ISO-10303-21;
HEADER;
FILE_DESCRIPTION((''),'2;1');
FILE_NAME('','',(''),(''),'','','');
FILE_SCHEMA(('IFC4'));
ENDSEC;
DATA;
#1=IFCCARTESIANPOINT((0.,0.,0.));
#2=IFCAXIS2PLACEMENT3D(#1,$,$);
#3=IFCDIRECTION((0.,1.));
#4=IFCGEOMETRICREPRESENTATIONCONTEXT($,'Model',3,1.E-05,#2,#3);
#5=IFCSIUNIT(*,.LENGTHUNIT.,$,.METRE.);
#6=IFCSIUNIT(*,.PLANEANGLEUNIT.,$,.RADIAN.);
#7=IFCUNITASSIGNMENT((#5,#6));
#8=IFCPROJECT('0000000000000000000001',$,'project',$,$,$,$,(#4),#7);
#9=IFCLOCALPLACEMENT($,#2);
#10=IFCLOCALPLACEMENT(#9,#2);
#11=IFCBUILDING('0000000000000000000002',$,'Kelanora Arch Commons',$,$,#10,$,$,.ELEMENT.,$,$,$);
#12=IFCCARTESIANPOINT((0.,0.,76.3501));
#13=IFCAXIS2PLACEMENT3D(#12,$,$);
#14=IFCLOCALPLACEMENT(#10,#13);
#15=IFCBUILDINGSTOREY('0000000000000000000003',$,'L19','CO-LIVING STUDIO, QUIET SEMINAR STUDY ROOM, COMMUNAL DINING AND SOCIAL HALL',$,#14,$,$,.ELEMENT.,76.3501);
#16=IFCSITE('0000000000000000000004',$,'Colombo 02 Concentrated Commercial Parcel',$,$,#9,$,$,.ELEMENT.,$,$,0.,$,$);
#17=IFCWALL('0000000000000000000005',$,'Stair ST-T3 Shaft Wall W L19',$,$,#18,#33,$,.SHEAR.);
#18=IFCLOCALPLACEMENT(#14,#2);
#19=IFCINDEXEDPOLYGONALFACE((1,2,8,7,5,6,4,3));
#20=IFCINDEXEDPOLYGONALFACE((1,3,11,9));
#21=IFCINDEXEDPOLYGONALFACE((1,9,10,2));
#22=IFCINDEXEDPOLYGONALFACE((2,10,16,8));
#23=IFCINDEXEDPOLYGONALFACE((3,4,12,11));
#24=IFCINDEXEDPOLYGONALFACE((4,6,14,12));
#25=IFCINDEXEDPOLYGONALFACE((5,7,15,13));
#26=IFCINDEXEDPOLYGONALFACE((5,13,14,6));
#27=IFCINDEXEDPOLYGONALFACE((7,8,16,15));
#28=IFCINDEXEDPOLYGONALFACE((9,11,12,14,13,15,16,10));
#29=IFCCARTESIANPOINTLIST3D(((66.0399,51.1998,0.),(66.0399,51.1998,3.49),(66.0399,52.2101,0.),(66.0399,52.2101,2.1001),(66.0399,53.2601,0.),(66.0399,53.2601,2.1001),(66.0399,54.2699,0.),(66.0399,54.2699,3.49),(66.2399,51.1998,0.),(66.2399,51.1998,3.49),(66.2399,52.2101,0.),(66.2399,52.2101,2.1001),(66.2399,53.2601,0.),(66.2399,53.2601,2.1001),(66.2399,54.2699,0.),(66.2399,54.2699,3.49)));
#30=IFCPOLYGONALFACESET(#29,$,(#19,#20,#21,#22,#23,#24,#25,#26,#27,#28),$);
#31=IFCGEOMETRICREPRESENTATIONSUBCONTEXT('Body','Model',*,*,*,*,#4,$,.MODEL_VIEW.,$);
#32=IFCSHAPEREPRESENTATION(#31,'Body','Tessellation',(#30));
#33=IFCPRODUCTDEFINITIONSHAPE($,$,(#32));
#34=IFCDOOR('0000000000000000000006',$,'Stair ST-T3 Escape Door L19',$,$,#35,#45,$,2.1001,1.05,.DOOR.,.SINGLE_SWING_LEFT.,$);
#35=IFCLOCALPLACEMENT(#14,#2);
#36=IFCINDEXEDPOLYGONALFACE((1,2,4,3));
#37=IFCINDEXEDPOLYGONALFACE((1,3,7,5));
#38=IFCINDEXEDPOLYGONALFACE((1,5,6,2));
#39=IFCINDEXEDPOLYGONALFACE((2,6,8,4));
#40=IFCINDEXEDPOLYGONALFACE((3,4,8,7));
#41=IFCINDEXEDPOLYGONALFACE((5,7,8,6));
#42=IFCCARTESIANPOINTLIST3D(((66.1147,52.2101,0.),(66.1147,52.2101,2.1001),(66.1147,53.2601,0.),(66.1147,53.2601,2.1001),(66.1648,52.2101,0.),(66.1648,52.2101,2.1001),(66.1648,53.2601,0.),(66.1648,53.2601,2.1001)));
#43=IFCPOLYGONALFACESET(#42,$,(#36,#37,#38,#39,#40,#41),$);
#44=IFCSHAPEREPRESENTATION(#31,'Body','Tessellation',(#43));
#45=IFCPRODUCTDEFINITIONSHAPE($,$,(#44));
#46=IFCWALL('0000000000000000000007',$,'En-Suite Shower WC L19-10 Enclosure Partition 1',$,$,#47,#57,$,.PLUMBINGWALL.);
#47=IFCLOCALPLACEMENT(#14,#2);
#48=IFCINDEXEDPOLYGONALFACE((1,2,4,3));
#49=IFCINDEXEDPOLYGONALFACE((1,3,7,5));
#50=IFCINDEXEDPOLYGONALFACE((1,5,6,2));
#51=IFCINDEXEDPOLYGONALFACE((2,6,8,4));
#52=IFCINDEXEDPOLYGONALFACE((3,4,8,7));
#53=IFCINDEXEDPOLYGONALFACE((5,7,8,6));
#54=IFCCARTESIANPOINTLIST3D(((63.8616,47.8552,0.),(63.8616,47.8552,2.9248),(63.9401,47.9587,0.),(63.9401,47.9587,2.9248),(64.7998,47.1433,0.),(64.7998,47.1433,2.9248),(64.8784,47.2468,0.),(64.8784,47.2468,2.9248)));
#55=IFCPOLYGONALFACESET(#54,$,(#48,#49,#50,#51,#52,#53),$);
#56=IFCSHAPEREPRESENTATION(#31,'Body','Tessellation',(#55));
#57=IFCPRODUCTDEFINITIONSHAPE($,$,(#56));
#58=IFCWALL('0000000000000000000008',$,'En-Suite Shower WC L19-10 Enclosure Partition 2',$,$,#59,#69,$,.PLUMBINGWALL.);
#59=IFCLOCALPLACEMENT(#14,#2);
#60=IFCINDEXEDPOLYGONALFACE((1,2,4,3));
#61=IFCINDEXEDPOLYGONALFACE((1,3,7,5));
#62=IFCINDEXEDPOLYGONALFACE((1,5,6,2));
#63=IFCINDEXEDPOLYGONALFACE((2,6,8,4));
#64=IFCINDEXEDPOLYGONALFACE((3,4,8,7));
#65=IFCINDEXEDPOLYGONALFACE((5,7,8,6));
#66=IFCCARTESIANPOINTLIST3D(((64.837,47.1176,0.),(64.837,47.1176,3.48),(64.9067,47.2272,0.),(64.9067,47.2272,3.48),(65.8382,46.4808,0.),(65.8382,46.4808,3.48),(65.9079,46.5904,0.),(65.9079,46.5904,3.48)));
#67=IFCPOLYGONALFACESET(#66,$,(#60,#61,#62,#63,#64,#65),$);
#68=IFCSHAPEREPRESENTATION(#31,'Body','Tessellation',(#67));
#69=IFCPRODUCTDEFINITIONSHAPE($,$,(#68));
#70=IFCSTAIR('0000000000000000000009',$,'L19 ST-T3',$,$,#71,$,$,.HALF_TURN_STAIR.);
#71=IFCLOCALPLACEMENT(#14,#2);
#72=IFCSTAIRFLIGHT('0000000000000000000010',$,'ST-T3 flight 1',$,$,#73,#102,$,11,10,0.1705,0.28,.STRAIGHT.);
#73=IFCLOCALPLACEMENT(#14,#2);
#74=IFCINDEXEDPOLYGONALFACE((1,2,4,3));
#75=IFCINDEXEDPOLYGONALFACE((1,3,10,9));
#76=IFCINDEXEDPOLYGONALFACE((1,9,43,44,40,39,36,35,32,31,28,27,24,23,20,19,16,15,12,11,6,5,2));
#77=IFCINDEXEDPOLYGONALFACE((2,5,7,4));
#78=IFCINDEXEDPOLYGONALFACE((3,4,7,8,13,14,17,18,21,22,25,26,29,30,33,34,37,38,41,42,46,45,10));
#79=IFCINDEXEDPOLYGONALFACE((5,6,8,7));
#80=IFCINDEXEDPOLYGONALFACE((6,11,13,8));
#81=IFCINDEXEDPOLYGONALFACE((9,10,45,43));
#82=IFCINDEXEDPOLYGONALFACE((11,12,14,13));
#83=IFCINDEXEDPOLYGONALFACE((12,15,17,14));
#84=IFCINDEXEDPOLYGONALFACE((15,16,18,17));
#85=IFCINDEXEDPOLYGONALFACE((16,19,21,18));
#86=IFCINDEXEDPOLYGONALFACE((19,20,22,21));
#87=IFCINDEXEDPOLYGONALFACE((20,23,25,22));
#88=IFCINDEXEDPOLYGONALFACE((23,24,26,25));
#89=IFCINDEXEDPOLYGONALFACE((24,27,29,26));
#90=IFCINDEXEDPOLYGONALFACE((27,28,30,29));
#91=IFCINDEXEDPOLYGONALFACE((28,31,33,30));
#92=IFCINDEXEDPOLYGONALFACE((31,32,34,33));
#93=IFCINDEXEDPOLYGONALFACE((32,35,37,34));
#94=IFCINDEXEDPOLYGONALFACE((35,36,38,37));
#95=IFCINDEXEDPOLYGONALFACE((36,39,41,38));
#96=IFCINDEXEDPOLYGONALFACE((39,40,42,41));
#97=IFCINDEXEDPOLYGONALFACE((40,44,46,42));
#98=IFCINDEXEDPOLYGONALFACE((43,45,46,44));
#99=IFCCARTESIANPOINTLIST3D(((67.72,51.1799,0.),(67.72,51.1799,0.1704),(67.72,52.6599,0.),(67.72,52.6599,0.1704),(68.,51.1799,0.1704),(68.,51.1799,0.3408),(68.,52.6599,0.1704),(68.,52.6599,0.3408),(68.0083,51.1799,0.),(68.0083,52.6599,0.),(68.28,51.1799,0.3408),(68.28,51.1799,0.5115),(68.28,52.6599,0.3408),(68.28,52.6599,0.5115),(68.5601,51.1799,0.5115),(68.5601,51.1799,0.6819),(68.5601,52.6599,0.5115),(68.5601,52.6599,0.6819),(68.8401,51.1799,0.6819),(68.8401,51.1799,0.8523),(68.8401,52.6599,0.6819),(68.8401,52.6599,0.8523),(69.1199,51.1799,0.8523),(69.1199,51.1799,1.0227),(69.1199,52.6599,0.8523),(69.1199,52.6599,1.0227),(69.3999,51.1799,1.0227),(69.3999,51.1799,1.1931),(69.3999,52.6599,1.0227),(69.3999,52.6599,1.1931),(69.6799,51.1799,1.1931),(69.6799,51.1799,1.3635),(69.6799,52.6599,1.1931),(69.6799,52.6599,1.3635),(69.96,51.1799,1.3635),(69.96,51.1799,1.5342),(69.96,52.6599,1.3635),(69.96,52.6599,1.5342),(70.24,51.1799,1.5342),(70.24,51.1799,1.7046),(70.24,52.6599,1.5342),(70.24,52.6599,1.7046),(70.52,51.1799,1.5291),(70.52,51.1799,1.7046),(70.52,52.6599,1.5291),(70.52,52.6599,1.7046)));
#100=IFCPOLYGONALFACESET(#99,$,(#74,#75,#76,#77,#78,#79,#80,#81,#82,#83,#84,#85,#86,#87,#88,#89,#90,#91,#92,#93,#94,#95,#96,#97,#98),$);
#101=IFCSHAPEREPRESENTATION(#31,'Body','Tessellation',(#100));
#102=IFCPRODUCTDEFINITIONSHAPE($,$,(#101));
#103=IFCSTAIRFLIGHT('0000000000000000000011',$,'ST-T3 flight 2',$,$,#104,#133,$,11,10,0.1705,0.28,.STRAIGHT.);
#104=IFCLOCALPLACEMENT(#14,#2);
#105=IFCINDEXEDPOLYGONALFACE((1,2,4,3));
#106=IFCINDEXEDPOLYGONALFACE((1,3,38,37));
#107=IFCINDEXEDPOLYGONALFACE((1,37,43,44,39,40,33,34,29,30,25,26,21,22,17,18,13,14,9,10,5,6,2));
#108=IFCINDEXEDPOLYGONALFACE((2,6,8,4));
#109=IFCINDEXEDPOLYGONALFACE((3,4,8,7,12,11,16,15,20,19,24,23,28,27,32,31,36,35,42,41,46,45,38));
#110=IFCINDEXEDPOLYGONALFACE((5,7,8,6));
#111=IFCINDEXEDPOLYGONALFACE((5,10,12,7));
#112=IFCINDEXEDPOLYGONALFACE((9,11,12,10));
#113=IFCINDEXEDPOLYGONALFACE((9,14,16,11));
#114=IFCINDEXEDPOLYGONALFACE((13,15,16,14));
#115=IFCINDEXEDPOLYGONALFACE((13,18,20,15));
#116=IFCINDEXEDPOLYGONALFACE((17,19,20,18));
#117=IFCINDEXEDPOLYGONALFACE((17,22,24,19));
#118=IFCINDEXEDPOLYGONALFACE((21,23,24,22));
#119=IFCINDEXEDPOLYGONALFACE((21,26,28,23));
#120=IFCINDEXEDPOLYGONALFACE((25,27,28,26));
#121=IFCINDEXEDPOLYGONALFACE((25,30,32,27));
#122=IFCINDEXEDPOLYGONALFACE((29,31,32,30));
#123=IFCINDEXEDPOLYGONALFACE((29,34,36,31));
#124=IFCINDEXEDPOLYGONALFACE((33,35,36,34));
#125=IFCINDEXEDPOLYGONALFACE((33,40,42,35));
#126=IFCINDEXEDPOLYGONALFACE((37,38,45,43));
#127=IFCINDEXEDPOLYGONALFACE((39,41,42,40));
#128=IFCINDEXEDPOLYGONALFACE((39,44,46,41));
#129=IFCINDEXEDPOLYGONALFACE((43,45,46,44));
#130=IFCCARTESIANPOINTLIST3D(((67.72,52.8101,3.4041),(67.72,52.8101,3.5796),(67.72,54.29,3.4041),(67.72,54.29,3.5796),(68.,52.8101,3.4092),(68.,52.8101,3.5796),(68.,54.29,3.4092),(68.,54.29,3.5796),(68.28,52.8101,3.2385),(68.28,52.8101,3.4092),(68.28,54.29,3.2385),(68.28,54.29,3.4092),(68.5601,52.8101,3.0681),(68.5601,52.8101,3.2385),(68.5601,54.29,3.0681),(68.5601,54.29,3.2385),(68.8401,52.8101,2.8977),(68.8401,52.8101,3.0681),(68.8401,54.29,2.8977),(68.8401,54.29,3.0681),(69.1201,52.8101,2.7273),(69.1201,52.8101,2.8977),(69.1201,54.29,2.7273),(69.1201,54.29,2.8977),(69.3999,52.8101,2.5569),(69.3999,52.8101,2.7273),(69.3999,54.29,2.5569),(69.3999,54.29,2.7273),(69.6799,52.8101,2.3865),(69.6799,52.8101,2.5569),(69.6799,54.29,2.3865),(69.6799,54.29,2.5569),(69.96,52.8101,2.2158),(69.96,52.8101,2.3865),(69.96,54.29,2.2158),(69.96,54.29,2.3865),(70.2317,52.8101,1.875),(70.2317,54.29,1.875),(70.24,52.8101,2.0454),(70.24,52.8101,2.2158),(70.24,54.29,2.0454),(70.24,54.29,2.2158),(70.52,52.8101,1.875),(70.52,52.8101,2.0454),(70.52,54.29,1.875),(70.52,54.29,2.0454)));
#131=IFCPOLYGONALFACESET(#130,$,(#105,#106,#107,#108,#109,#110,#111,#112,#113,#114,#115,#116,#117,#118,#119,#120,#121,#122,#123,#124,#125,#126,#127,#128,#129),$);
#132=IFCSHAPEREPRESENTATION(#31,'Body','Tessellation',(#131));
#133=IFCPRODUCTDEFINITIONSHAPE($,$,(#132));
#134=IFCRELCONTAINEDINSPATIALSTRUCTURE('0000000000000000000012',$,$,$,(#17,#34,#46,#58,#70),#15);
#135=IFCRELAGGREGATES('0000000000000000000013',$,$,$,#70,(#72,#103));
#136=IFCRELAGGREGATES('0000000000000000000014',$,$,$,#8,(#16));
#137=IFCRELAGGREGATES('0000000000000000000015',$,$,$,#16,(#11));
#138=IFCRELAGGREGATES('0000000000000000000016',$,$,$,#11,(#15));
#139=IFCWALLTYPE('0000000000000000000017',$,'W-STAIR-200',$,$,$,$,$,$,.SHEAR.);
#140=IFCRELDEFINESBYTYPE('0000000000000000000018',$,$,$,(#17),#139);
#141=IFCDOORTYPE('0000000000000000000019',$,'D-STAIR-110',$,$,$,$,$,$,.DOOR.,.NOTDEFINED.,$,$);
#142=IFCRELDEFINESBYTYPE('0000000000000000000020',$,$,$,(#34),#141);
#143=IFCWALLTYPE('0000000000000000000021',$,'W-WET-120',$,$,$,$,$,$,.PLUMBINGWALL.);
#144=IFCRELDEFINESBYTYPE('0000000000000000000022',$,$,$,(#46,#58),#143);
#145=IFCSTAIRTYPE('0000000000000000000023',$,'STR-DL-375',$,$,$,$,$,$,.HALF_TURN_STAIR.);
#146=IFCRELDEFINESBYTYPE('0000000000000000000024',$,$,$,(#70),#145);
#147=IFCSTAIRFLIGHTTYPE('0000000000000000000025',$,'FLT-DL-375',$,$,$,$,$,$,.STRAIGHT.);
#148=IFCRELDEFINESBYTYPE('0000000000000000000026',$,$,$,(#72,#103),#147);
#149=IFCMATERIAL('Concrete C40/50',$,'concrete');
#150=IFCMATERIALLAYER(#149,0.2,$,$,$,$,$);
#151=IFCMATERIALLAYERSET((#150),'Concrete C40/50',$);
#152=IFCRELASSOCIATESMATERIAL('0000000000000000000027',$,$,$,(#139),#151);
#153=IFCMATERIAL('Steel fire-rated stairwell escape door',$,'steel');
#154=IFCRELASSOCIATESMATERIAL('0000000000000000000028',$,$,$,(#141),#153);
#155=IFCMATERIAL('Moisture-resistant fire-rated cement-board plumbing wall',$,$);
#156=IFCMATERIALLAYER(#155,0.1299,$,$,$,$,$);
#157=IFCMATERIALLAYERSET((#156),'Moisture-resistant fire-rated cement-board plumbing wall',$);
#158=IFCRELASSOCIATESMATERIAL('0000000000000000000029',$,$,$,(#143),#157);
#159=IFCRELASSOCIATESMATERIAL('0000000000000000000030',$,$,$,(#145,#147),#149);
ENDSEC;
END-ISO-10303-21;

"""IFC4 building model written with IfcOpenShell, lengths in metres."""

from ifc_helpers import new_model, si_unit, direction, frame, frame_2d, origin, place, context, subcontext, project, spatial, polyline, rectangle, outline, extrude, material, layer, layer_set, type_object, element, fill, aggregate, save


model = new_model("IFC4")

# Units and contexts
model_context = context("Model", 3, precision=1e-05, world=origin(), true_north=direction((0.0, 1.0)))
body_context = subcontext(model_context, "Body", "Model", "MODEL_VIEW")
ifc_project = project(units=[si_unit("LENGTHUNIT", "METRE"), si_unit("PLANEANGLEUNIT", "RADIAN")], contexts=[model_context])

# Site, building, storey
site_placement = place(None, origin())
site = spatial("IfcSite", under=ifc_project, at=site_placement, Name="Colombo 02 Concentrated Commercial Parcel", CompositionType="ELEMENT", RefElevation=0.0)
building_placement = place(site_placement, origin())
building = spatial("IfcBuilding", under=site, at=building_placement, Name="Kelanora Arch Commons", CompositionType="ELEMENT")
storey_placement = place(building_placement, frame((0.0, 0.0, 76.3501)))
storey = spatial("IfcBuildingStorey", under=building, at=storey_placement, Name="L19", Description="CO-LIVING STUDIO, QUIET SEMINAR STUDY ROOM, COMMUNAL DINING AND SOCIAL HALL", CompositionType="ELEMENT", Elevation=76.3501)

# Shared definitions
ifc_material_1 = material(Name="Concrete C40/50", Category="concrete")

# Shared definitions
ifc_layer_1 = layer(ifc_material_1, 0.2)
ifc_layer_set_1 = layer_set([ifc_layer_1], Name="Concrete C40/50")
wall_type_1 = type_object("IfcWallType", Name="W-STAIR-200", PredefinedType="SHEAR", material=ifc_layer_set_1)
ifc_material_2 = material(Name="Steel fire-rated stairwell escape door", Category="steel")
door_type = type_object("IfcDoorType", Name="D-STAIR-110", OperationType="NOTDEFINED", PredefinedType="DOOR", material=ifc_material_2)

# Wall, opening, door
wall_1_placement = place(storey_placement, frame((66.1399, 54.27, 0.0), z_axis=(0.0, 0.0, 1.0), x_axis=(0.0, -1.0, 0.0)))
wall_1 = element("IfcWall", 1, at=wall_1_placement, inside=storey, type_object=wall_type_1, Name="Stair ST-T3 Shaft Wall W L19", PredefinedType="SHEAR", context=body_context, shape_type="SweptSolid", body=[
    extrude(rectangle(XDim=3.0701, YDim=0.2, at=frame_2d((1.5352, 0.0))), origin(), (0.0, 0.0, 1.0), 3.49),
])
opening_1_placement = place(wall_1_placement, frame((1.01, 0.0, 0.0)))
opening_1 = element("IfcOpeningElement", 2, at=opening_1_placement, cuts=wall_1, PredefinedType="OPENING", context=body_context, shape_type="SweptSolid", body=[
    extrude(rectangle(XDim=1.05, YDim=2.1001, at=frame_2d((0.5249, 1.05))), frame((0.0, 0.1099, 0.0), z_axis=(0.0, -1.0, 0.0), x_axis=(1.0, 0.0, 0.0)), (0.0, 0.0, 1.0), 0.22),
])
door_1_placement = place(opening_1_placement, origin())
door_1 = element("IfcDoor", 3, at=door_1_placement, inside=storey, type_object=door_type, Name="Stair ST-T3 Escape Door L19", OperationType="SINGLE_SWING_LEFT", OverallHeight=2.1001, OverallWidth=1.05, PredefinedType="DOOR", context=body_context, shape_type="SweptSolid", body=[
    extrude(rectangle(XDim=1.05, YDim=2.1001, at=frame_2d((0.5249, 1.05))), frame((0.0, 0.0249, 0.0), z_axis=(0.0, -1.0, 0.0), x_axis=(1.0, 0.0, 0.0)), (0.0, 0.0, 1.0), 0.05),
])
fill(opening_1, door_1)

# Walls
ifc_material_3 = material(Name="Moisture-resistant fire-rated cement-board plumbing wall")
ifc_layer_2 = layer(ifc_material_3, 0.1299)
ifc_layer_set_2 = layer_set([ifc_layer_2], Name="Moisture-resistant fire-rated cement-board plumbing wall")
wall_type_2 = type_object("IfcWallType", Name="W-WET-120", PredefinedType="PLUMBINGWALL", material=ifc_layer_set_2)
wall_2_placement = place(storey_placement, frame((63.9009, 47.907, 0.0), z_axis=(0.0, 0.0, 1.0), x_axis=(0.796629, -0.604468, 0.0)))
element("IfcWall", 4, at=wall_2_placement, inside=storey, type_object=wall_type_2, Name="En-Suite Shower WC L19-10 Enclosure Partition 1", PredefinedType="PLUMBINGWALL", context=body_context, shape_type="SweptSolid", body=[
    extrude(rectangle(XDim=1.1777, YDim=0.1299, at=frame_2d((0.5889, 0.0))), origin(), (0.0, 0.0, 1.0), 2.9248),
])
wall_3_placement = place(storey_placement, frame((64.8718, 47.1724, 0.0), z_axis=(0.0, 0.0, 1.0), x_axis=(0.843822, -0.536623, 0.0)))
element("IfcWall", 5, at=wall_3_placement, inside=storey, type_object=wall_type_2, Name="En-Suite Shower WC L19-10 Enclosure Partition 2", PredefinedType="PLUMBINGWALL", context=body_context, shape_type="SweptSolid", body=[
    extrude(rectangle(XDim=1.1865, YDim=0.1299, at=frame_2d((0.5933, 0.0))), origin(), (0.0, 0.0, 1.0), 3.48),
])

# Stair, stair flights
stair_type = type_object("IfcStairType", Name="STR-DL-375", PredefinedType="HALF_TURN_STAIR", material=ifc_material_1)
stair_placement = place(storey_placement, origin())
stair = element("IfcStair", 6, at=stair_placement, inside=storey, type_object=stair_type, Name="L19 ST-T3", PredefinedType="HALF_TURN_STAIR")
stair_flight_type = type_object("IfcStairFlightType", Name="FLT-DL-375", PredefinedType="STRAIGHT", material=ifc_material_1)
stair_flight_1_placement = place(storey_placement, frame((67.72, 51.9199, 0.0), z_axis=(0.0, 0.0, 1.0), x_axis=(1.0, 0.0, 0.0)))
stair_flight_1 = element("IfcStairFlight", 7, at=stair_flight_1_placement, type_object=stair_flight_type, Name="ST-T3 flight 1", NumberOfRisers=11, NumberOfTreads=10, PredefinedType="STRAIGHT", RiserHeight=0.1705, TreadLength=0.28, context=body_context, shape_type="SweptSolid", body=[
    extrude(outline(polyline([(0.0, 0.0), (0.0, 0.1704), (0.28, 0.1704), (0.28, 0.3408), (0.5601, 0.3408), (0.5601, 0.5115), (0.8401, 0.5115), (0.8401, 0.6819), (1.1201, 0.6819), (1.1201, 0.8523), (1.3999, 0.8523), (1.3999, 1.0227), (1.6799, 1.0227), (1.6799, 1.1931), (1.96, 1.1931), (1.96, 1.3635), (2.24, 1.3635), (2.24, 1.5342), (2.52, 1.5342), (2.52, 1.7046), (2.8, 1.7046), (2.8, 1.875), (2.8, 1.5291), (0.2883, 0.0), (0.0, 0.0)])), frame((0.0, 0.74, 0.0), z_axis=(0.0, -1.0, 0.0), x_axis=(1.0, 0.0, 0.0)), (0.0, 0.0, 1.0), 1.48),
])
stair_flight_2_placement = place(storey_placement, frame((70.52, 53.55, 1.875), z_axis=(0.0, 0.0, 1.0), x_axis=(-1.0, 0.0, 0.0)))
stair_flight_2 = element("IfcStairFlight", 8, at=stair_flight_2_placement, type_object=stair_flight_type, Name="ST-T3 flight 2", NumberOfRisers=11, NumberOfTreads=10, PredefinedType="STRAIGHT", RiserHeight=0.1705, TreadLength=0.28, context=body_context, shape_type="SweptSolid", body=[
    extrude(outline(polyline([(0.0, 0.0), (0.0, 0.1704), (0.28, 0.1704), (0.28, 0.3408), (0.5601, 0.3408), (0.5601, 0.5115), (0.8401, 0.5115), (0.8401, 0.6819), (1.1201, 0.6819), (1.1201, 0.8523), (1.3999, 0.8523), (1.3999, 1.0227), (1.6799, 1.0227), (1.6799, 1.1931), (1.96, 1.1931), (1.96, 1.3635), (2.24, 1.3635), (2.24, 1.5342), (2.52, 1.5342), (2.52, 1.7046), (2.8, 1.7046), (2.8, 1.875), (2.8, 1.5291), (0.2883, 0.0), (0.0, 0.0)])), frame((0.0, 0.74, 0.0), z_axis=(0.0, -1.0, 0.0), x_axis=(1.0, 0.0, 0.0)), (0.0, 0.0, 1.0), 1.48),
])
aggregate(stair, [stair_flight_1, stair_flight_2])

save(model, "model.ifc")
